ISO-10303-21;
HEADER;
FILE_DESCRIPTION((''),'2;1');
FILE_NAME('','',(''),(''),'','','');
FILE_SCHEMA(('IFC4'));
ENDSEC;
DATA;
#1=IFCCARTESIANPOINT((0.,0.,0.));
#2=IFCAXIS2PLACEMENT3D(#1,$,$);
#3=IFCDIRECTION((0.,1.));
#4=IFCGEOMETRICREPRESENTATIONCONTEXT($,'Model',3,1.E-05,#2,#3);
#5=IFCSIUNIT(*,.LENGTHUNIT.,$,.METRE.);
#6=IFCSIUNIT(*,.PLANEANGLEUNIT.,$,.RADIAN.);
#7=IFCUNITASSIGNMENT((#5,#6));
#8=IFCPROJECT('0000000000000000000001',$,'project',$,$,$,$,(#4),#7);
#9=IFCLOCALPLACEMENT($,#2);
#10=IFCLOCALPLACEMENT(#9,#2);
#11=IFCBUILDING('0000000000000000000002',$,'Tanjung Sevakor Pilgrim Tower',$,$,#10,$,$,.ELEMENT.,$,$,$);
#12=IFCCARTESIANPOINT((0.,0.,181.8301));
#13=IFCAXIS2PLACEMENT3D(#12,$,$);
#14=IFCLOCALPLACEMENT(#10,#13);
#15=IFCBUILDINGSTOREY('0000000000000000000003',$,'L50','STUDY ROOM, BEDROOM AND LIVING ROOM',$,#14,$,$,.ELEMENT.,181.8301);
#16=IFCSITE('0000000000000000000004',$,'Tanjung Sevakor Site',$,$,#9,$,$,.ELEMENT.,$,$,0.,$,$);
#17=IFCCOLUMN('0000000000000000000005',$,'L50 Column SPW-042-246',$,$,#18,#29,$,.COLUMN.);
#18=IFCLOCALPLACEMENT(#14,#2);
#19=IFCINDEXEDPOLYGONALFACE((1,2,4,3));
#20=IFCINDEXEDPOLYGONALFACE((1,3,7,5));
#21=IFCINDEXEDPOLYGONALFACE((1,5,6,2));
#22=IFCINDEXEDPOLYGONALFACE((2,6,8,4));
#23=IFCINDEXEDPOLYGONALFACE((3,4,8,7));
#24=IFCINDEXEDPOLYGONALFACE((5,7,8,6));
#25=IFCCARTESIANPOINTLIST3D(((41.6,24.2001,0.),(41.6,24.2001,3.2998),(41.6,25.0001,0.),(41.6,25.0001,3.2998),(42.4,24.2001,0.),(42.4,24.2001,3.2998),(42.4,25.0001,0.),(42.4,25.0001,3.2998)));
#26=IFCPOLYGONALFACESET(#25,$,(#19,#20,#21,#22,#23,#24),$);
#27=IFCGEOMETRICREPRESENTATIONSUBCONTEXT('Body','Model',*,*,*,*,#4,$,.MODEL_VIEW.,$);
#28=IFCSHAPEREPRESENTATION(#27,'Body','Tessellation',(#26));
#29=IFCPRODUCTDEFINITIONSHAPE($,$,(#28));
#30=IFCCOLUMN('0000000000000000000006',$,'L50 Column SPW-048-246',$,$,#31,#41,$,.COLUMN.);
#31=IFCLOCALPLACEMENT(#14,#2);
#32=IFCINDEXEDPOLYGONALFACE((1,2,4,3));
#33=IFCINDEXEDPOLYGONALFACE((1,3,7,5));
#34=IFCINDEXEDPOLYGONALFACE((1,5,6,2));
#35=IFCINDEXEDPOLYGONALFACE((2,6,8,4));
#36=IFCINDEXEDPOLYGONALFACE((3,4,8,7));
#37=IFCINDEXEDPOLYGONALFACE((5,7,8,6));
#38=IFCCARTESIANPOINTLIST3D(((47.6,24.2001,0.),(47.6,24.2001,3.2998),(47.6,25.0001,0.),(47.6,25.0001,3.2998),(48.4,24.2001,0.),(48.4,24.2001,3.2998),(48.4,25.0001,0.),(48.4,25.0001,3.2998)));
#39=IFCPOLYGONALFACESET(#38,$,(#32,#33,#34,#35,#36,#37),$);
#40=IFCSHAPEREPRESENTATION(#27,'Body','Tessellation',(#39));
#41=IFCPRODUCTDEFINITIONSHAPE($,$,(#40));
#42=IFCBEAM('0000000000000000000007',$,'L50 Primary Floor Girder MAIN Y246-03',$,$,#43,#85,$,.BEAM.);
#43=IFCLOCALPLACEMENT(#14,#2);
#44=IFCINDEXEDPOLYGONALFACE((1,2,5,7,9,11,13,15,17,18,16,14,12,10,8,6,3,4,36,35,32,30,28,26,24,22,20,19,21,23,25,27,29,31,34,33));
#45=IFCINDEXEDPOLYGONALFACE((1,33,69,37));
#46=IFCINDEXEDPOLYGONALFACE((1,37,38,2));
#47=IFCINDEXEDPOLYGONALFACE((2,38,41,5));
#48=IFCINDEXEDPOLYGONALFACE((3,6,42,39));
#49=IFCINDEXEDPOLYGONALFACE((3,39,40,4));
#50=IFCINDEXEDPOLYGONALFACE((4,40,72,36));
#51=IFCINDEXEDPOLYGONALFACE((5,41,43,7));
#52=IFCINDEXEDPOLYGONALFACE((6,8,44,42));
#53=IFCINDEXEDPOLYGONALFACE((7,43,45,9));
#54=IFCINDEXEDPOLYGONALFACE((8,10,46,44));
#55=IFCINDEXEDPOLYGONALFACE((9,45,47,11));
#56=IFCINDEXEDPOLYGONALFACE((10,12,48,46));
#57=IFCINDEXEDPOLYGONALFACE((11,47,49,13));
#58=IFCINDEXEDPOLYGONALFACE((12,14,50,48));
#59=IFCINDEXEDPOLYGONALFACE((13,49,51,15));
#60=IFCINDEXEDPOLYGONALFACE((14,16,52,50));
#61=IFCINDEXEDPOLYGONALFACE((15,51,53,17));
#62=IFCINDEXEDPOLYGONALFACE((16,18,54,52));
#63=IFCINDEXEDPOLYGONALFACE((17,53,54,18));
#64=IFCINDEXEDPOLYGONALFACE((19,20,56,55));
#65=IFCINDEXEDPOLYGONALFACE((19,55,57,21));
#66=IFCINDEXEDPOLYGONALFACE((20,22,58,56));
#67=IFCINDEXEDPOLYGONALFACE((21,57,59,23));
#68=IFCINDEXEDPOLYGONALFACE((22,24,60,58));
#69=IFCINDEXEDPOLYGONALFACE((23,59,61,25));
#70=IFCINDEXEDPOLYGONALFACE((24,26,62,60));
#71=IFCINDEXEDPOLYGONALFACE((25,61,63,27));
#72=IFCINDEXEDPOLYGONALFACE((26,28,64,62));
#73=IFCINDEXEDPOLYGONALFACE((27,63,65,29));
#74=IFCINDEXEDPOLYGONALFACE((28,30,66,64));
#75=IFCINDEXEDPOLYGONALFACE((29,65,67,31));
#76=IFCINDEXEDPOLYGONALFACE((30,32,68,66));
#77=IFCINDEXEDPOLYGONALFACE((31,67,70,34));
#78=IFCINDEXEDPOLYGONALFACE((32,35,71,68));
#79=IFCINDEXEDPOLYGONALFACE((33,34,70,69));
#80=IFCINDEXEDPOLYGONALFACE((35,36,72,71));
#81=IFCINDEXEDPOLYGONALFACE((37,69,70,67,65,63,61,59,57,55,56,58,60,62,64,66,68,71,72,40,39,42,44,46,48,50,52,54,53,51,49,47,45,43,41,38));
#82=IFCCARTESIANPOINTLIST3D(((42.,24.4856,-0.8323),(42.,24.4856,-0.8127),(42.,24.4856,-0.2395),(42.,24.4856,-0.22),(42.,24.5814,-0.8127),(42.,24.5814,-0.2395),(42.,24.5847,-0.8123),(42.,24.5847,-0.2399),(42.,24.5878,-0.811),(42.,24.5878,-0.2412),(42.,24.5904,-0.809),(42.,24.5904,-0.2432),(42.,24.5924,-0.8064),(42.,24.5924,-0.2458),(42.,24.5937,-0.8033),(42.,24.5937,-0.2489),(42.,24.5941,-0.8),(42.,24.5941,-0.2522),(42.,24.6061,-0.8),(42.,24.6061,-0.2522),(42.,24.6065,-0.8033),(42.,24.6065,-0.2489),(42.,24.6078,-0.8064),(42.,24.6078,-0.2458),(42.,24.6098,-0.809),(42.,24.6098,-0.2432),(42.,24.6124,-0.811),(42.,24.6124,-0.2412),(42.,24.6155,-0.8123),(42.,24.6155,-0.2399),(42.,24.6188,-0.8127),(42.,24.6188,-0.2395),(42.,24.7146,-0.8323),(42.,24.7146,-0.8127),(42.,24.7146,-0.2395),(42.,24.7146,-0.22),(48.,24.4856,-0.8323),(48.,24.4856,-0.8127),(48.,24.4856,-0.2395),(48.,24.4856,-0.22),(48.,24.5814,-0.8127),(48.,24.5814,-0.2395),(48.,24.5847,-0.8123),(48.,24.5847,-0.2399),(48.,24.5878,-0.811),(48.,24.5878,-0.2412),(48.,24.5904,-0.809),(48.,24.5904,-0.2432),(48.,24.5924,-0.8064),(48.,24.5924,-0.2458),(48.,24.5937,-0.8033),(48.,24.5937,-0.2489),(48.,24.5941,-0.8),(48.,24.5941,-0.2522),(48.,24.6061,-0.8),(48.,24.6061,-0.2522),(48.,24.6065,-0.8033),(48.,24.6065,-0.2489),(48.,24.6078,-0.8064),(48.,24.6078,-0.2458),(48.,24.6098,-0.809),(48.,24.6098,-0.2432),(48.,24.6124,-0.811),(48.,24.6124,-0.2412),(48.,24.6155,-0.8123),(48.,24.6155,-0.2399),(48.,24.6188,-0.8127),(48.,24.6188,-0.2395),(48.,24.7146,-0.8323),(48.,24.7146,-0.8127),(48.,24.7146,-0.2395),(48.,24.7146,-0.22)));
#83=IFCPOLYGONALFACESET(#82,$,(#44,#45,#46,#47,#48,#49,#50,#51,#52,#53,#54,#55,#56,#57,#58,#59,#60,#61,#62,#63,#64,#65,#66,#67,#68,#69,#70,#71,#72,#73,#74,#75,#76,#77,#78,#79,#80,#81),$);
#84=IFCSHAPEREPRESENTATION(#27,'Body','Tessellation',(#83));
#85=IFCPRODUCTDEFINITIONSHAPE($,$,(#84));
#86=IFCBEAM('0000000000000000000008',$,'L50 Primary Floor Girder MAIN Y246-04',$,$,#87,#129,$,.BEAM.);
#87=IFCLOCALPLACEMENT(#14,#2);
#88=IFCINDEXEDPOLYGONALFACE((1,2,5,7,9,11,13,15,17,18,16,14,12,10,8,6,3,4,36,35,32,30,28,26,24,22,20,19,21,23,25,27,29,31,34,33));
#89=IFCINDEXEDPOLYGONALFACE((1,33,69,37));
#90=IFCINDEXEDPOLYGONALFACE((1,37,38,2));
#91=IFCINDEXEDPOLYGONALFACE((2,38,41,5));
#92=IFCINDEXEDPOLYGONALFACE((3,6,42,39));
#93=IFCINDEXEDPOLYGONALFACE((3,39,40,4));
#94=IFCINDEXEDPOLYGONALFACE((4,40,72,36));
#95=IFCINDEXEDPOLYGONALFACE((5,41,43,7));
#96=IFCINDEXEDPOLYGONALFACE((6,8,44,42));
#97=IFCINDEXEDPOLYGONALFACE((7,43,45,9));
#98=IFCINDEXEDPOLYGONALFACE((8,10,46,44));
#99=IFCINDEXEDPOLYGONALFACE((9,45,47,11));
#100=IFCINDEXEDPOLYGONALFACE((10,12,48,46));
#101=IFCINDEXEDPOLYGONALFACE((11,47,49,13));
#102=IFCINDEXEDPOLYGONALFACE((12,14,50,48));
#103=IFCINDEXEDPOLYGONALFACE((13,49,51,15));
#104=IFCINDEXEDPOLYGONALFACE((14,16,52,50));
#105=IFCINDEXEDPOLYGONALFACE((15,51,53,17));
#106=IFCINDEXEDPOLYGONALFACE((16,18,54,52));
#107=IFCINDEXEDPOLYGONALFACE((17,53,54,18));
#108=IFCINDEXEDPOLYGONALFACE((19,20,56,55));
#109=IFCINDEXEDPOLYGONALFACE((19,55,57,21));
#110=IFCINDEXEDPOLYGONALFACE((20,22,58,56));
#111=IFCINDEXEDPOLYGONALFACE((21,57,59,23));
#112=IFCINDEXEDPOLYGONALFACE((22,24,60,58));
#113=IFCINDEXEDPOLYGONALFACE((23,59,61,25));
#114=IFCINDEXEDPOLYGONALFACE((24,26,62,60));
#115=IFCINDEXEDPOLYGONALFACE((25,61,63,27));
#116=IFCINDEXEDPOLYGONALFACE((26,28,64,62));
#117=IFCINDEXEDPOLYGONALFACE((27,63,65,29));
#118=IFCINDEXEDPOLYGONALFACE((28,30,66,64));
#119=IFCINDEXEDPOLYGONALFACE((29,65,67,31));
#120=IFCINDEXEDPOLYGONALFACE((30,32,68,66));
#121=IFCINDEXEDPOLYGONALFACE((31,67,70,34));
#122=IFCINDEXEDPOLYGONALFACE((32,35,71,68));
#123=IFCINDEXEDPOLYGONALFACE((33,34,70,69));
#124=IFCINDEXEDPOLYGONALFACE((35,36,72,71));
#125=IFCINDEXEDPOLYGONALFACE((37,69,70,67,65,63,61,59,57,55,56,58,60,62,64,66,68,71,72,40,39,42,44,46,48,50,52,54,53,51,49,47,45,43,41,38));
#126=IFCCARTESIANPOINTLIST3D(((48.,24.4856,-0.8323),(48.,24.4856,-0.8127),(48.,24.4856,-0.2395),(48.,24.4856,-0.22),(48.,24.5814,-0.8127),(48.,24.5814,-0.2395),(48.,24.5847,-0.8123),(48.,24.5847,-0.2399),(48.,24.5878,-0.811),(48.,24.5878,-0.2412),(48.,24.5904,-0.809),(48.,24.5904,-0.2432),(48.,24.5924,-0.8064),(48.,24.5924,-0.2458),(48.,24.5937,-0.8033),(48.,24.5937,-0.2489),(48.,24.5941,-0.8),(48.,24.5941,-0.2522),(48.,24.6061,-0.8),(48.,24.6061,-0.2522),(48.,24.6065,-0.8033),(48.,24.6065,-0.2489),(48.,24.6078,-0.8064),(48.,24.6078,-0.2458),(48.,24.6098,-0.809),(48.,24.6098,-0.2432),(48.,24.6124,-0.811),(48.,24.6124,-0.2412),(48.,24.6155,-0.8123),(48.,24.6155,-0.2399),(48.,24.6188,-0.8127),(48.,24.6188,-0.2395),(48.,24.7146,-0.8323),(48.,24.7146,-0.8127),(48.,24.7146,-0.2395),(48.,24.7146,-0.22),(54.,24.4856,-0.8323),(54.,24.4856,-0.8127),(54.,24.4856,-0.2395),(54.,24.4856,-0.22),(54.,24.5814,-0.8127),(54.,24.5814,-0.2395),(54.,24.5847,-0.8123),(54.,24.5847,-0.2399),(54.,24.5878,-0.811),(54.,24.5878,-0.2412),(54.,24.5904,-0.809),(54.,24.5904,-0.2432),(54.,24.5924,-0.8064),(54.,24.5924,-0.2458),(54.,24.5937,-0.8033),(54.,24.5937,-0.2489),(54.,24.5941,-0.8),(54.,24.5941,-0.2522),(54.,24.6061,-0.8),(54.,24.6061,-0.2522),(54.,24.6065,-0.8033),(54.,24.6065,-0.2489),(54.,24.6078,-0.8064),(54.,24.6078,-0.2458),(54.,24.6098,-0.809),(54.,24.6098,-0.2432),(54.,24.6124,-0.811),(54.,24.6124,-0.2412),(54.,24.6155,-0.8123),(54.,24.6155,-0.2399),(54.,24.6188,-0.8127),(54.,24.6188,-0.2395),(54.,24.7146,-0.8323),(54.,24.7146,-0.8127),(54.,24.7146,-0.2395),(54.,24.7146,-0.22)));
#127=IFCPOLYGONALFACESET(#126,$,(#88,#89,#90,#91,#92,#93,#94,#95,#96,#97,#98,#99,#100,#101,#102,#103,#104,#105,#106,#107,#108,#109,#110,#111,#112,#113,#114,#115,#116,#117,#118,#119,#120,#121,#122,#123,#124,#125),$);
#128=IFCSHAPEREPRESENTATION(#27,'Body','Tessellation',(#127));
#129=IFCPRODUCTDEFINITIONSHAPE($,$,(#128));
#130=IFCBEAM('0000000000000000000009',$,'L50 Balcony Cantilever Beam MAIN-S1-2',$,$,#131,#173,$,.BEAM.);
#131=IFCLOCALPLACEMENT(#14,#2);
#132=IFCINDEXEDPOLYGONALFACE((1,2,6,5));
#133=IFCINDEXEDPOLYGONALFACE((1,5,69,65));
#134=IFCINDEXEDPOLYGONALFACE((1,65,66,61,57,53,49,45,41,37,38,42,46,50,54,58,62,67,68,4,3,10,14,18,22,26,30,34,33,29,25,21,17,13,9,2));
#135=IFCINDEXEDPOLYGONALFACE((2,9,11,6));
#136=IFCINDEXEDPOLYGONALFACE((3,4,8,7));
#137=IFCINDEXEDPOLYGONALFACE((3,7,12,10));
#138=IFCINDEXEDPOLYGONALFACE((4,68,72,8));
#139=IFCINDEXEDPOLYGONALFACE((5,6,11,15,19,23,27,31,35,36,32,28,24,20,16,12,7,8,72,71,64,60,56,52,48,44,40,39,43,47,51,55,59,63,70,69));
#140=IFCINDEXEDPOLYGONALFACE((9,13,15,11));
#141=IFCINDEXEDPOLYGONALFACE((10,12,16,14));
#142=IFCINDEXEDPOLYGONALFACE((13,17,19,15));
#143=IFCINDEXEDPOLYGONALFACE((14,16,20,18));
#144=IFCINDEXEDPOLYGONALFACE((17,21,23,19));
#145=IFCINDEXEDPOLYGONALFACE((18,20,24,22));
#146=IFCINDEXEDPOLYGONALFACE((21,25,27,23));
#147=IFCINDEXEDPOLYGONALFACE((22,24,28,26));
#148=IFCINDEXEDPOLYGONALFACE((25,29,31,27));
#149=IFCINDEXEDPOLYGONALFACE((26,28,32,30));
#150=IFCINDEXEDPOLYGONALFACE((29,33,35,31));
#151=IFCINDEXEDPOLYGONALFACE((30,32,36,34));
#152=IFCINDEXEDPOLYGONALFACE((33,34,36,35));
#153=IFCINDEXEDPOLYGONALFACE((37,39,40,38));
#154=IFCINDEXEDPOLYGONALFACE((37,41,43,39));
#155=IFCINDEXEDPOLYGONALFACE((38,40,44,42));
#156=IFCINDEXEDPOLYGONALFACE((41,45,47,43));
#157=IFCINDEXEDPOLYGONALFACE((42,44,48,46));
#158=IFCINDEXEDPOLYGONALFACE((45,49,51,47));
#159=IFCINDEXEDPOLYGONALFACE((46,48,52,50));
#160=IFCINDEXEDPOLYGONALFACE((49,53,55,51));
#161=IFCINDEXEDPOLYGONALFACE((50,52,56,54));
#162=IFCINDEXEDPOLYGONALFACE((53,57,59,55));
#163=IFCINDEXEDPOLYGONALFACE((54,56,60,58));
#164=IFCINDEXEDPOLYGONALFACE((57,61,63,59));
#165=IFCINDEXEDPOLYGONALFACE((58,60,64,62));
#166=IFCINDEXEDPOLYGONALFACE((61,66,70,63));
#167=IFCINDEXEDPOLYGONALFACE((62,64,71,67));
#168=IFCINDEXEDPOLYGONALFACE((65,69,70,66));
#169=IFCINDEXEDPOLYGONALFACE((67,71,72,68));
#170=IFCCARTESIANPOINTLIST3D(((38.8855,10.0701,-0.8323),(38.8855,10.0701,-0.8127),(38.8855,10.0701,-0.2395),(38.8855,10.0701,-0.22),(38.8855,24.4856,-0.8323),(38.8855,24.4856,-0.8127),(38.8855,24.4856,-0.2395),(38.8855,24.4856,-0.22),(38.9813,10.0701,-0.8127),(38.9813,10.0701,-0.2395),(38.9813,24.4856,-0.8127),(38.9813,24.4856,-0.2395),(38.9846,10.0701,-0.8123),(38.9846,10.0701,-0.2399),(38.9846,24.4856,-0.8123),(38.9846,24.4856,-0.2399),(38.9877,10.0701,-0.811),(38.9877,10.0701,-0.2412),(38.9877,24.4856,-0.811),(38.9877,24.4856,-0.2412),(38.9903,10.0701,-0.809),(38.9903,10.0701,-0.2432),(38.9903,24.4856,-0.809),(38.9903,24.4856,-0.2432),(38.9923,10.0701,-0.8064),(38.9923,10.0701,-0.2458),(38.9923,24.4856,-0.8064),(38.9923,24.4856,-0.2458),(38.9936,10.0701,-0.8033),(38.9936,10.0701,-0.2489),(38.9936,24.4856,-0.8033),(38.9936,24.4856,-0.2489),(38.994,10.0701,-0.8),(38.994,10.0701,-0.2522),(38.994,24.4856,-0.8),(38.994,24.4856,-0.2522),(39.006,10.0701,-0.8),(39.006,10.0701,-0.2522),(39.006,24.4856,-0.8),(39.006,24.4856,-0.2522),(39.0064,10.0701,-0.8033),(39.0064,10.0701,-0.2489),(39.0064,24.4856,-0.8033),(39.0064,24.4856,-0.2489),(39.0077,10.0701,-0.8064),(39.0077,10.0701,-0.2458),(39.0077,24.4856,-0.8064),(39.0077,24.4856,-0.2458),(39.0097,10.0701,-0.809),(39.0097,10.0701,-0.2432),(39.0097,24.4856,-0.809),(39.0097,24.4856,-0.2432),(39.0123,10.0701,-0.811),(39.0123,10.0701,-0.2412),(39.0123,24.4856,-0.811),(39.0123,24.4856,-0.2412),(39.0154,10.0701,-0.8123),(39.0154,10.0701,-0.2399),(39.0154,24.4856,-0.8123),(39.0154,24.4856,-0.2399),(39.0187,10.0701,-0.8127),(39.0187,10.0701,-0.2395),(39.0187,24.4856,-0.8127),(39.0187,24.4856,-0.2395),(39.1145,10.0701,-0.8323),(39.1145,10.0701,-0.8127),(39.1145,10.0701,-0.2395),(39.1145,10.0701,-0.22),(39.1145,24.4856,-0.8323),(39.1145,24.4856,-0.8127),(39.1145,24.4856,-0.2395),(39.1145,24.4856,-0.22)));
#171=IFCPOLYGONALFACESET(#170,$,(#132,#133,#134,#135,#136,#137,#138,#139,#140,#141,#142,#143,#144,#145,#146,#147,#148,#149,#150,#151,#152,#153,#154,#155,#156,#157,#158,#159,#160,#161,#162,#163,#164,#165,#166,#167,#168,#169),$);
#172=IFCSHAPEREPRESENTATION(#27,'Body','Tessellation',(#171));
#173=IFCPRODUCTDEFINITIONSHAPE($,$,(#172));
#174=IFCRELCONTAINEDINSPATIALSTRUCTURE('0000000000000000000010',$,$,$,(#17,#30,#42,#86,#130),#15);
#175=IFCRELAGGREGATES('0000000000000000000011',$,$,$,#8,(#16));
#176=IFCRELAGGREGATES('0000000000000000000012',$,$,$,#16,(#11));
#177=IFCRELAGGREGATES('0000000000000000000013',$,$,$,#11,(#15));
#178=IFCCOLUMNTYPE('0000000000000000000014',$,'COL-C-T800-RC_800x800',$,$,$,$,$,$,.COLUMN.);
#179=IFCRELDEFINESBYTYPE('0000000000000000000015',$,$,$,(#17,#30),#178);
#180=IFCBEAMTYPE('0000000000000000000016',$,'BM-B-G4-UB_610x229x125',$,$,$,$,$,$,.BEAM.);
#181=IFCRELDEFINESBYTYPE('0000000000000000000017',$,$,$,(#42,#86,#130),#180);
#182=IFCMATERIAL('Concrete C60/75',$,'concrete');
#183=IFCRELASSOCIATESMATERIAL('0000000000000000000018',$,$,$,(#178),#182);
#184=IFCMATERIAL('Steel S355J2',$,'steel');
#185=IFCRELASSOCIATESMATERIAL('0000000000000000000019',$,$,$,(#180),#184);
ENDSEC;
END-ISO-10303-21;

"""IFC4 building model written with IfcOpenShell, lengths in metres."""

from ifc_helpers import new_model, si_unit, direction, frame, origin, origin_2d, place, context, subcontext, project, spatial, rectangle, i_section, extrude, material, material_profile, profile_set, type_object, element, save


model = new_model("IFC4")

# Units and contexts
model_context = context("Model", 3, precision=1e-05, world=origin(), true_north=direction((0.0, 1.0)))
body_context = subcontext(model_context, "Body", "Model", "MODEL_VIEW")
ifc_project = project(units=[si_unit("LENGTHUNIT", "METRE"), si_unit("PLANEANGLEUNIT", "RADIAN")], contexts=[model_context])

# Site, building, storey
site_placement = place(None, origin())
site = spatial("IfcSite", under=ifc_project, at=site_placement, Name="Tanjung Sevakor Site", CompositionType="ELEMENT", RefElevation=0.0)
building_placement = place(site_placement, origin())
building = spatial("IfcBuilding", under=site, at=building_placement, Name="Tanjung Sevakor Pilgrim Tower", CompositionType="ELEMENT")
storey_placement = place(building_placement, frame((0.0, 0.0, 181.8301)))
storey = spatial("IfcBuildingStorey", under=building, at=storey_placement, Name="L50", Description="STUDY ROOM, BEDROOM AND LIVING ROOM", CompositionType="ELEMENT", Elevation=181.8301)

# Columns
ifc_material_1 = material(Name="Concrete C60/75", Category="concrete")
ifc_material_profile_1 = material_profile(ifc_material_1, rectangle(XDim=0.8, YDim=0.8, at=origin_2d()))
ifc_profile_set_1 = profile_set([ifc_material_profile_1], Name="Concrete C60/75")
column_type = type_object("IfcColumnType", Name="COL-C-T800-RC_800x800", PredefinedType="COLUMN", material=ifc_profile_set_1)
for number, where, z_axis, x_axis, name in (
    (1, (42.0, 24.6001, 0.0), (0.0, 0.0, 1.0), (1.0, 0.0, 0.0), "L50 Column SPW-042-246"),
    (2, (48.0, 24.6001, 0.0), (0.0, 0.0, 1.0), (1.0, 0.0, 0.0), "L50 Column SPW-048-246"),
):
    element("IfcColumn", number, at=place(storey_placement, frame(where, z_axis=z_axis, x_axis=x_axis)), inside=storey, type_object=column_type, Name=name, PredefinedType="COLUMN", context=body_context, shape_type="SweptSolid", body=[
        extrude(rectangle(XDim=0.8, YDim=0.8, at=origin_2d()), origin(), (0.0, 0.0, 1.0), 3.2998),
    ])

# Beams
ifc_material_2 = material(Name="Steel S355J2", Category="steel")
ifc_material_profile_2 = material_profile(ifc_material_2, i_section(OverallWidth=0.229, OverallDepth=0.6123, WebThickness=0.012, FlangeThickness=0.0195, FilletRadius=0.0127, at=origin_2d()))
ifc_profile_set_2 = profile_set([ifc_material_profile_2], Name="Steel S355J2")
beam_type_1 = type_object("IfcBeamType", Name="BM-B-G4-UB_610x229x125", PredefinedType="BEAM", material=ifc_profile_set_2)
for number, where, z_axis, x_axis, name in (
    (3, (42.0, 24.6001, -0.5261), (1.0, 0.0, 0.0), (0.0, 1.0, 0.0), "L50 Primary Floor Girder MAIN Y246-03"),
    (4, (48.0, 24.6001, -0.5261), (1.0, 0.0, 0.0), (0.0, 1.0, 0.0), "L50 Primary Floor Girder MAIN Y246-04"),
):
    element("IfcBeam", number, at=place(storey_placement, frame(where, z_axis=z_axis, x_axis=x_axis)), inside=storey, type_object=beam_type_1, Name=name, PredefinedType="BEAM", context=body_context, shape_type="SweptSolid", body=[
        extrude(i_section(OverallWidth=0.229, OverallDepth=0.6123, WebThickness=0.012, FlangeThickness=0.0195, FilletRadius=0.0127, at=origin_2d()), origin(), (0.0, 0.0, 1.0), 6.0),
    ])
beam_1_placement = place(storey_placement, frame((39.0, 24.4856, -0.5261), z_axis=(0.0, -1.0, 0.0), x_axis=(1.0, 0.0, 0.0)))
element("IfcBeam", 5, at=beam_1_placement, inside=storey, type_object=beam_type_1, Name="L50 Balcony Cantilever Beam MAIN-S1-2", PredefinedType="BEAM", context=body_context, shape_type="SweptSolid", body=[
    extrude(i_section(OverallWidth=0.229, OverallDepth=0.6123, WebThickness=0.012, FlangeThickness=0.0195, FilletRadius=0.0127, at=origin_2d()), origin(), (0.0, 0.0, 1.0), 14.4155),
])

save(model, "model.ifc")
